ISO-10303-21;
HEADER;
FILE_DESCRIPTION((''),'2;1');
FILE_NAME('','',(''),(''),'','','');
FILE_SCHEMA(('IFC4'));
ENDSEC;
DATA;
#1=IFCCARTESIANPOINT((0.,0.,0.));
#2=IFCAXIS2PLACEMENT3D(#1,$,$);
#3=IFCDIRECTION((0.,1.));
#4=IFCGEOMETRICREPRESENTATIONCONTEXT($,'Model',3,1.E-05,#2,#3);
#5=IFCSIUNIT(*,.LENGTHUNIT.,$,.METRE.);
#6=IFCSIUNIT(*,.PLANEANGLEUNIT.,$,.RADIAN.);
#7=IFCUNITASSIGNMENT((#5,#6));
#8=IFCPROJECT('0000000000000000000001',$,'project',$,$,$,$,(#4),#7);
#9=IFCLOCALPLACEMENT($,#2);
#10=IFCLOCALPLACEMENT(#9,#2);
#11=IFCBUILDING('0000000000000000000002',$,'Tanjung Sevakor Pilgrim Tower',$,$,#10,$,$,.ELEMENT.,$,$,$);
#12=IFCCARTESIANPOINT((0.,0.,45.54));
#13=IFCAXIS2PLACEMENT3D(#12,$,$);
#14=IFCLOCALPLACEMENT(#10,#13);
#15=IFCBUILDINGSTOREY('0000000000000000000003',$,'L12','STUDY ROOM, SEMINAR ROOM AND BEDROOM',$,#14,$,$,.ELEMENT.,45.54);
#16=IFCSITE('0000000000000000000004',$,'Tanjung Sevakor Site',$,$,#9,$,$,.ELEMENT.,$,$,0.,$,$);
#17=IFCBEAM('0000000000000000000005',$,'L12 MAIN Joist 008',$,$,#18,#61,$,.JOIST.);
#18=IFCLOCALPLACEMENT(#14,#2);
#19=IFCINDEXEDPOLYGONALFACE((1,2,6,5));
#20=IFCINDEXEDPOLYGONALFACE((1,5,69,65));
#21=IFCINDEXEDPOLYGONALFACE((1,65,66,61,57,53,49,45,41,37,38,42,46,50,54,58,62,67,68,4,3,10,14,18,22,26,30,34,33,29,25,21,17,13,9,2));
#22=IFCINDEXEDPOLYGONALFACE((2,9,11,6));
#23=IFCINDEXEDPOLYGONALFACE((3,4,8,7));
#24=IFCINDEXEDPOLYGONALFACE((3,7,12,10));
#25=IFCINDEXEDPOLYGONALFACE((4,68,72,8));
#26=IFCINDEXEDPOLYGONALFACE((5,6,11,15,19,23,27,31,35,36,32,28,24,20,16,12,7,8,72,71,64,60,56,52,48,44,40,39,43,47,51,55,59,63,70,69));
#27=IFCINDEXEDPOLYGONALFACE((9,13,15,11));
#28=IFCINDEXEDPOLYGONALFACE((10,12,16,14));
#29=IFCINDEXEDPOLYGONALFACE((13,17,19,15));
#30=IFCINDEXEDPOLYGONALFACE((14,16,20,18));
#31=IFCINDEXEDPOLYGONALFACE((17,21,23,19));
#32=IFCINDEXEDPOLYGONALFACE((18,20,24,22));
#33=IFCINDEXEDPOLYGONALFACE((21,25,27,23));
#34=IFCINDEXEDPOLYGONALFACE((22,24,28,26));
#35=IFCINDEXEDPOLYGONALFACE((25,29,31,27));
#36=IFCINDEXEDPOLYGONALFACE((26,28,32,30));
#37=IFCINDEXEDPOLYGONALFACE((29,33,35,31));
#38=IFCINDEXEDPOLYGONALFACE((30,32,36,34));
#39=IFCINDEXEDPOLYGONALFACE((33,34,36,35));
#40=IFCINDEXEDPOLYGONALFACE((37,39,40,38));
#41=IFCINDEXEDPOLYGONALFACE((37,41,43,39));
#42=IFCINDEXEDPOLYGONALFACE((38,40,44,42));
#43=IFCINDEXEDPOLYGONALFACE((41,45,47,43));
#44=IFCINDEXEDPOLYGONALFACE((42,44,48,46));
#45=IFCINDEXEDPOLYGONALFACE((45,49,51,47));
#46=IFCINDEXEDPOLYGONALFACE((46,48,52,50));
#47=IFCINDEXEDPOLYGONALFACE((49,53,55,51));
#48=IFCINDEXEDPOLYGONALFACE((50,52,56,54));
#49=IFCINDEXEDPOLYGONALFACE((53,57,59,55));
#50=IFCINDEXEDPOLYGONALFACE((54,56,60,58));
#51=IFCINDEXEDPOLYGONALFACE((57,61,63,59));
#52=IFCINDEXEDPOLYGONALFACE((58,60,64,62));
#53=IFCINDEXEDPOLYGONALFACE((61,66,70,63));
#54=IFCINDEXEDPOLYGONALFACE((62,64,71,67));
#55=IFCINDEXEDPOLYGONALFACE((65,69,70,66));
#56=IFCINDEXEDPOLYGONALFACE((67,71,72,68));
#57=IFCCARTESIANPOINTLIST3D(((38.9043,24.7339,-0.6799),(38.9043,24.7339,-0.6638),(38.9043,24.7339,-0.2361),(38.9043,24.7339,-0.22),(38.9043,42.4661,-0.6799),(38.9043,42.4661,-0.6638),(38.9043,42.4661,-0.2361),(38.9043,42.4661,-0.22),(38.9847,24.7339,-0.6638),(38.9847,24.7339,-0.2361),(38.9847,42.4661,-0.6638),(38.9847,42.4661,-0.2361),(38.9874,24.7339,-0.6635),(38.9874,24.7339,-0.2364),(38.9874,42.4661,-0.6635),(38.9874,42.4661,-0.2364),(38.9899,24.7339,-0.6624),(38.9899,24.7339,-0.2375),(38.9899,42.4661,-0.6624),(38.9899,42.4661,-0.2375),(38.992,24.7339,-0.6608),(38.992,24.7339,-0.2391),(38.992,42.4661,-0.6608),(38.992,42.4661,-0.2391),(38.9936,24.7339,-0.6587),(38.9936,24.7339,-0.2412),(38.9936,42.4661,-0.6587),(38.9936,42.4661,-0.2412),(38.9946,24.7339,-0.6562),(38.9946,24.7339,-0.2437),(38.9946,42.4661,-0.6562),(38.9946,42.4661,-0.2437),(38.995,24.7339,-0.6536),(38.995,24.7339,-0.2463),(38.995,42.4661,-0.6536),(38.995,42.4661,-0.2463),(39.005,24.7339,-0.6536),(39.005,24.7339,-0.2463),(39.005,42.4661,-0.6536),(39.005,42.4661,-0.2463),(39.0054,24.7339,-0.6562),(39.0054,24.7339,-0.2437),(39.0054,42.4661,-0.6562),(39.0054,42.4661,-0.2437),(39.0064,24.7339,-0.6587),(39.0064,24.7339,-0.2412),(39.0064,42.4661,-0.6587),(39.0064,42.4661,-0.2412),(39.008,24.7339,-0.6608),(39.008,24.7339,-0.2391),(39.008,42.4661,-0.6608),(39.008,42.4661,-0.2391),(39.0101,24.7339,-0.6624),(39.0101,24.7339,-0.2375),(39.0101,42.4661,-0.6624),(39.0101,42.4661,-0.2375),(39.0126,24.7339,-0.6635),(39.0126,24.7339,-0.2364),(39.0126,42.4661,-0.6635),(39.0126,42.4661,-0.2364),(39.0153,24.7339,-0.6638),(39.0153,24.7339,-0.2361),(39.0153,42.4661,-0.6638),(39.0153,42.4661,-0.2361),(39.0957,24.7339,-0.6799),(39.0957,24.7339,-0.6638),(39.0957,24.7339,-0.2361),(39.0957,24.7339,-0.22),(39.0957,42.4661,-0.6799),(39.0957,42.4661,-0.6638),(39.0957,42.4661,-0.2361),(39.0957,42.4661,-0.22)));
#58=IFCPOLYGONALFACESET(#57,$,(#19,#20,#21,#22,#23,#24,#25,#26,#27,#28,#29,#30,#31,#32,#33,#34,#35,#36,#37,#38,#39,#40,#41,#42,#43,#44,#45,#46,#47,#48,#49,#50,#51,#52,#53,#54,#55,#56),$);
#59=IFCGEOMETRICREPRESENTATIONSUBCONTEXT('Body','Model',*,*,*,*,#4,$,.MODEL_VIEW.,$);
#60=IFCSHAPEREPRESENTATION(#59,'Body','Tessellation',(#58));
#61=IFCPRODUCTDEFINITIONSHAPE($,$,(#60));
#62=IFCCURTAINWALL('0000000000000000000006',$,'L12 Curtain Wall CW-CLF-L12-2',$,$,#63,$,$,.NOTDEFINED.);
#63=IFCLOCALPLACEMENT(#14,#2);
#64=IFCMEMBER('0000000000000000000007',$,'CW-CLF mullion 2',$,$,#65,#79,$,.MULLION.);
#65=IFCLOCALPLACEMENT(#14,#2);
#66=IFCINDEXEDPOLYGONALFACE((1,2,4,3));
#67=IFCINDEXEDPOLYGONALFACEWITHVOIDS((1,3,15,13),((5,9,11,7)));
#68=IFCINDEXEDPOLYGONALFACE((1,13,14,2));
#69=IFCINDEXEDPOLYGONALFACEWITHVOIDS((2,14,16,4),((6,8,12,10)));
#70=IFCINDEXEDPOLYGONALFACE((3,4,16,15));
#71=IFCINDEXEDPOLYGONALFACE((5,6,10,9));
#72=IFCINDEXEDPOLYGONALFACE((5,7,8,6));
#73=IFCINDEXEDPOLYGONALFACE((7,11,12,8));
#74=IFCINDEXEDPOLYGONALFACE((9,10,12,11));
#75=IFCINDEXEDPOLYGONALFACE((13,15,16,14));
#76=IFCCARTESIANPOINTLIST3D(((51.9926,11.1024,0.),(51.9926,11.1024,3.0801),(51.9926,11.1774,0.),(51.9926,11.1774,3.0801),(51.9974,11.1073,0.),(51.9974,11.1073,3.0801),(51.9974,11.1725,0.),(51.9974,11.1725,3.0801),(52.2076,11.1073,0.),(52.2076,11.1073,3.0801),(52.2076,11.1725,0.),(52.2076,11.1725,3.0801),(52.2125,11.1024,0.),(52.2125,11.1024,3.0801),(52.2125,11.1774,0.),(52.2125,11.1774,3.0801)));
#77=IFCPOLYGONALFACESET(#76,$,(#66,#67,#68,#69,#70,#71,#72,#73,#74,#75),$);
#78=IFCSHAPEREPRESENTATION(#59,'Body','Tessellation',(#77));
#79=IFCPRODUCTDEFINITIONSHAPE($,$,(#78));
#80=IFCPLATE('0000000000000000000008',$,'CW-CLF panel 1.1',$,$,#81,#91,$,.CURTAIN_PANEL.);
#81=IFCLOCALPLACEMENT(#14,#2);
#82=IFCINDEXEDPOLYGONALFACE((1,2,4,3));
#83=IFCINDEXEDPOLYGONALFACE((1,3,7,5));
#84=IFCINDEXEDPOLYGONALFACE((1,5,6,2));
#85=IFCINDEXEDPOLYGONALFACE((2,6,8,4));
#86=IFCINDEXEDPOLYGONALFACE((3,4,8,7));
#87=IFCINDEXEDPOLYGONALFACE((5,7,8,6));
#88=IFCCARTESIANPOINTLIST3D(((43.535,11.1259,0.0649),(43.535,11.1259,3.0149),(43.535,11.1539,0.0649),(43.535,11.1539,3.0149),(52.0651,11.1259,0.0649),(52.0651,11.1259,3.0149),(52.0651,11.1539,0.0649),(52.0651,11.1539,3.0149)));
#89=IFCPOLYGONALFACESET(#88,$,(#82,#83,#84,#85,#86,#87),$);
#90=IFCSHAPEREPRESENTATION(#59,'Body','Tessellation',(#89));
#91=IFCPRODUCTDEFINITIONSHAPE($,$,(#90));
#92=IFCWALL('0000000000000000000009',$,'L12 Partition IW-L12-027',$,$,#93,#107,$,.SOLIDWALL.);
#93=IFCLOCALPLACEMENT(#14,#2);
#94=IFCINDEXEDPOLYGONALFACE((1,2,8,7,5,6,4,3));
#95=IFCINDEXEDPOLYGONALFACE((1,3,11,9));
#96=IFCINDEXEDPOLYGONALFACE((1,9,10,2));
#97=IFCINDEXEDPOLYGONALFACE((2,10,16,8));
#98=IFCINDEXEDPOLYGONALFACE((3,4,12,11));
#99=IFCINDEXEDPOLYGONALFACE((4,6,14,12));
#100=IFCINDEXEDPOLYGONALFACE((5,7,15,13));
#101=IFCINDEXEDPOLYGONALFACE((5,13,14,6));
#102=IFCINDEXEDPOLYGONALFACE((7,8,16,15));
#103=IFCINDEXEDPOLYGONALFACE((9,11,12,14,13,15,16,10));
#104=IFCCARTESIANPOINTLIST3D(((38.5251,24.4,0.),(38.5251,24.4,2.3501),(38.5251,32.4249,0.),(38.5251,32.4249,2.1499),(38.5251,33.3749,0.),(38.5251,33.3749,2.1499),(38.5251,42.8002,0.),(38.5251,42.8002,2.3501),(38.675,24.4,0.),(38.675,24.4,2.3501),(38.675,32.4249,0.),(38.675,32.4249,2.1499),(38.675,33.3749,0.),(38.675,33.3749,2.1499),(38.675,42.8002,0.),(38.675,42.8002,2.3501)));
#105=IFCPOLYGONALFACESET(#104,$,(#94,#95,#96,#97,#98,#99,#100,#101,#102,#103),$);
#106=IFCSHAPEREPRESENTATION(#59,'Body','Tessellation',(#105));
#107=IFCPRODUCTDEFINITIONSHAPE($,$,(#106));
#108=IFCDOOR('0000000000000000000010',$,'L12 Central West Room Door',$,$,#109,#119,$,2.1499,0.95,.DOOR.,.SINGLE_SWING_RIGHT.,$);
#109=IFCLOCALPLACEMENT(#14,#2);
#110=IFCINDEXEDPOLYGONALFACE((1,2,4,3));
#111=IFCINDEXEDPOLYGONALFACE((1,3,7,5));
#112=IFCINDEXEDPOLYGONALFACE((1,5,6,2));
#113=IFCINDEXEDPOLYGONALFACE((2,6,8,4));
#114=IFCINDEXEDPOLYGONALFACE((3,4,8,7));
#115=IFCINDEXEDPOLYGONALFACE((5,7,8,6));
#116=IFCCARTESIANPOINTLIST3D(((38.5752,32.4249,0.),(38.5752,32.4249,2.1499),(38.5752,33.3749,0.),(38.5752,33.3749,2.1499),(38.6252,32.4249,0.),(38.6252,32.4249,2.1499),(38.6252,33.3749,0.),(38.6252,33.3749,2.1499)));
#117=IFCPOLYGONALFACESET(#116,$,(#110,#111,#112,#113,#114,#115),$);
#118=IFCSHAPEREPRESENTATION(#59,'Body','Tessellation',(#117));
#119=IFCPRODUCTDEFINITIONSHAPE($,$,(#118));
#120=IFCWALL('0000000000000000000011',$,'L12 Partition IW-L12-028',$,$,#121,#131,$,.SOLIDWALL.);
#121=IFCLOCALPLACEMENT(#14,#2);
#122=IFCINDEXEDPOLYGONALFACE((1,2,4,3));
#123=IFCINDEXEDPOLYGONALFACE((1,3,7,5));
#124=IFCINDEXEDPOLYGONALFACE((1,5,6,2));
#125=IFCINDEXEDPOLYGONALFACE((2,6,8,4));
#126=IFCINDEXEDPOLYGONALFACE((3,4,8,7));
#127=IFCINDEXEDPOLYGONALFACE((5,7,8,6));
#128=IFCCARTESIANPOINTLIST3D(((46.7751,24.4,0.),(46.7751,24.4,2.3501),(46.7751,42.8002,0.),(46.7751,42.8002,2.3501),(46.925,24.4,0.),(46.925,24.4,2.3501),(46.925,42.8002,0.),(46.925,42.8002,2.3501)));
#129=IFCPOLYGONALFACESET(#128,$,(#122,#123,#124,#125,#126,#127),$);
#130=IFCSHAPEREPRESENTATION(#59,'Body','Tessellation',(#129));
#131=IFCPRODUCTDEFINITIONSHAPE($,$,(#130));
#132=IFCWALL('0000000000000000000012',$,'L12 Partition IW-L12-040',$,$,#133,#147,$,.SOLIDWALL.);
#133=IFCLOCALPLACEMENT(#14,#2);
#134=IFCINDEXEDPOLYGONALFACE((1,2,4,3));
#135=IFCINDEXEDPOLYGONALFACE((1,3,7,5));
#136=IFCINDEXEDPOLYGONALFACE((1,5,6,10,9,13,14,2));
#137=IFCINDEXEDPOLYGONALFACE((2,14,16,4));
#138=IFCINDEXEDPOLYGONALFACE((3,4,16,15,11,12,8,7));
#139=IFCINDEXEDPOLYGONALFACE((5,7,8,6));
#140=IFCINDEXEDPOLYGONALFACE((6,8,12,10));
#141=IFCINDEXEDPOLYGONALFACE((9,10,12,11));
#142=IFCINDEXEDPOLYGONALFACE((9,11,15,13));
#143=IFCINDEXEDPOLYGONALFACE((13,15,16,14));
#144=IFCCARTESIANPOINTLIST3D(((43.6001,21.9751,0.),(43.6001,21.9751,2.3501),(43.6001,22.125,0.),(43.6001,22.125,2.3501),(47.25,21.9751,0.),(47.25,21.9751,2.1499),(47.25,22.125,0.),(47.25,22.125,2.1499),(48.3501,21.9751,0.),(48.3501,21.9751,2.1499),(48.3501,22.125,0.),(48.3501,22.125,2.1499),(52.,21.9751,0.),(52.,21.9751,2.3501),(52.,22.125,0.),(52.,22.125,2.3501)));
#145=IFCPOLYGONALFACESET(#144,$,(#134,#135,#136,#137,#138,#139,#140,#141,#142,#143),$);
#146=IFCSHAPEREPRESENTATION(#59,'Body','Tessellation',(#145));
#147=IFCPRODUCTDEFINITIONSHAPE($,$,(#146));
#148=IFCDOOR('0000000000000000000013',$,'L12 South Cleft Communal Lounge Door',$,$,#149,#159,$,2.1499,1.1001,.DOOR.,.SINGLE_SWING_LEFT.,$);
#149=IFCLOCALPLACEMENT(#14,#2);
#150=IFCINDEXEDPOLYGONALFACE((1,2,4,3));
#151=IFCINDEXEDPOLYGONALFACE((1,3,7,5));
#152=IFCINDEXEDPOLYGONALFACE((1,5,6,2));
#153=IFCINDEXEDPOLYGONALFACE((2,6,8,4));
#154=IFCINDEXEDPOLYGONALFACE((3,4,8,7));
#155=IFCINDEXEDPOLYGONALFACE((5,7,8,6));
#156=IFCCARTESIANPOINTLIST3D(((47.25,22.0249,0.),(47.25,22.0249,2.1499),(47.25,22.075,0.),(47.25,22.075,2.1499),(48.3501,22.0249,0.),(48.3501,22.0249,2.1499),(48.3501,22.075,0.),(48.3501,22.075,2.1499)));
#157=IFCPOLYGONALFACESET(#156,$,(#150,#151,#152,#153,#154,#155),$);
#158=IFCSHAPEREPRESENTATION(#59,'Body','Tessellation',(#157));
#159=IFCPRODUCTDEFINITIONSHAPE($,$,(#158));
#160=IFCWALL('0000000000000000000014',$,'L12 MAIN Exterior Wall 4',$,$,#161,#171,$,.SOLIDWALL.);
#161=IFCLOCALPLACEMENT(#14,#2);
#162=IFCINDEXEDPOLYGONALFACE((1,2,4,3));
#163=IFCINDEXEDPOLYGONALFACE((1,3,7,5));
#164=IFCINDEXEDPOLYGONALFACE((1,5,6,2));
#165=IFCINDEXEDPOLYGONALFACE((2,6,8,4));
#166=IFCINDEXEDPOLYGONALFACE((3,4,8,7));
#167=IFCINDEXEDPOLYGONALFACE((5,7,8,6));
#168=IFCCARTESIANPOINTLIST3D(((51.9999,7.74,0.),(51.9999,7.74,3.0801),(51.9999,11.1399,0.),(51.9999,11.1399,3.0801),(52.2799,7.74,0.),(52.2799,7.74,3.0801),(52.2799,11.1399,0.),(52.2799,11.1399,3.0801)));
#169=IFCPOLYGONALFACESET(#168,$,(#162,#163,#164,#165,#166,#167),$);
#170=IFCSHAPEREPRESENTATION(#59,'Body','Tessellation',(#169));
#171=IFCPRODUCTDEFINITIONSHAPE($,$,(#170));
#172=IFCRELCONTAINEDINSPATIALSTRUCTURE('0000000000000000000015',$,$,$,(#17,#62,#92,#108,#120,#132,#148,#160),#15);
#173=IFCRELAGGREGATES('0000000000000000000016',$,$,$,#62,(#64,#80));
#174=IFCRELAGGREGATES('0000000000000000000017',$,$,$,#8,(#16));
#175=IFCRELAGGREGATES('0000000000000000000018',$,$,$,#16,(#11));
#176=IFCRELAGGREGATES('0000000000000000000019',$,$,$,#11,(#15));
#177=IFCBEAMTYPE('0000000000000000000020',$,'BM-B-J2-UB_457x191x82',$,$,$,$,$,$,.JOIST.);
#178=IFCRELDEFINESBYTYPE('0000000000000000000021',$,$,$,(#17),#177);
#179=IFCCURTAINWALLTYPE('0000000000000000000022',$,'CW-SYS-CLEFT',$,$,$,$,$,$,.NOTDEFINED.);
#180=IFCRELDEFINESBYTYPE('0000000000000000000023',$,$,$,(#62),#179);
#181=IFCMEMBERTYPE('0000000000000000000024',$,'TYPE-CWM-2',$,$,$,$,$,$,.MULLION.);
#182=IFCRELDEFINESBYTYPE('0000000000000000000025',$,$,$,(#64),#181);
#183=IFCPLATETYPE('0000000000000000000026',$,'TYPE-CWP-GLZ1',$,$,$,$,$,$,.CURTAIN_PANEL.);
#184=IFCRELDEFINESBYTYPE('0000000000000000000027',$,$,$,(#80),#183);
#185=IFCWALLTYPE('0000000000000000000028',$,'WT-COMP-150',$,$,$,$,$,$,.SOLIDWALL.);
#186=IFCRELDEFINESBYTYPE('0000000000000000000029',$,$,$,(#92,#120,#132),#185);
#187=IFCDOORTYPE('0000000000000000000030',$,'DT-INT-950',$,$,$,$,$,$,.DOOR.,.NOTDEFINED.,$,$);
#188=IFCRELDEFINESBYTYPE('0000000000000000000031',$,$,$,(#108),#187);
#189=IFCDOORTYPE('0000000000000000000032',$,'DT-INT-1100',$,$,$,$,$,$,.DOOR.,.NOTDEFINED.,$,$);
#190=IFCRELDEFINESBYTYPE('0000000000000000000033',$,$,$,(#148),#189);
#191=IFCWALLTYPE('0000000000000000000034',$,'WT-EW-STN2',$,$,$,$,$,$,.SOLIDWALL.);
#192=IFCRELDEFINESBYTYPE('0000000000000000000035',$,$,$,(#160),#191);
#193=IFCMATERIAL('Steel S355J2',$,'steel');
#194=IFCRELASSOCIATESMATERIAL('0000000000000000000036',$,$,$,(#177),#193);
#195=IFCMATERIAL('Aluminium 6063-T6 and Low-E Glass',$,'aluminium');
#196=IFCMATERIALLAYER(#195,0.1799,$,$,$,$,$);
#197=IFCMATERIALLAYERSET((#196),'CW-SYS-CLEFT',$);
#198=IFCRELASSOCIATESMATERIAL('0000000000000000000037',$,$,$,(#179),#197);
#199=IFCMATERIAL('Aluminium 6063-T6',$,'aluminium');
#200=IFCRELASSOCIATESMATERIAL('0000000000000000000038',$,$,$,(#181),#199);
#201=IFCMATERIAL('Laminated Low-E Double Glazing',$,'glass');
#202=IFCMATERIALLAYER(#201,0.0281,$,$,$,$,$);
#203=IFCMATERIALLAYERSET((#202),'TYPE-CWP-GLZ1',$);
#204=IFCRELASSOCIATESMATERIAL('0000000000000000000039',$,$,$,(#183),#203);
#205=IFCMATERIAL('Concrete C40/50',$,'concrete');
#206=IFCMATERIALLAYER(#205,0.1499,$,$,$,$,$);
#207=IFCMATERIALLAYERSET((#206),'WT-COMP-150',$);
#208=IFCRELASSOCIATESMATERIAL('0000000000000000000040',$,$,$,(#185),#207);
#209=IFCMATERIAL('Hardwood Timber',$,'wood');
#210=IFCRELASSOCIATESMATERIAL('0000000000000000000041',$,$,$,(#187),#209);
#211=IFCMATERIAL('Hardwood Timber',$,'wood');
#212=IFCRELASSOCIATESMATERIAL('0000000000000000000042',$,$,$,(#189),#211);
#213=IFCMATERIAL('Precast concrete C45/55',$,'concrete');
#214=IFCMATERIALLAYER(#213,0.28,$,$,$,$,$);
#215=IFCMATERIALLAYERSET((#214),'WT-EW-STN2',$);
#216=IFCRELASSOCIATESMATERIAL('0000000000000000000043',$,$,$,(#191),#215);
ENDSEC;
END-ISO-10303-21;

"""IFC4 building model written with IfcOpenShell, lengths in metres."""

from ifc_helpers import new_model, si_unit, direction, frame, frame_2d, origin, origin_2d, place, context, subcontext, project, spatial, rectangle, hollow_rectangle, i_section, extrude, material, layer, layer_set, material_profile, profile_set, type_object, element, fill, aggregate, save


model = new_model("IFC4")

# Units and contexts
model_context = context("Model", 3, precision=1e-05, world=origin(), true_north=direction((0.0, 1.0)))
body_context = subcontext(model_context, "Body", "Model", "MODEL_VIEW")
ifc_project = project(units=[si_unit("LENGTHUNIT", "METRE"), si_unit("PLANEANGLEUNIT", "RADIAN")], contexts=[model_context])

# Site, building, storey
site_placement = place(None, origin())
site = spatial("IfcSite", under=ifc_project, at=site_placement, Name="Tanjung Sevakor Site", CompositionType="ELEMENT", RefElevation=0.0)
building_placement = place(site_placement, origin())
building = spatial("IfcBuilding", under=site, at=building_placement, Name="Tanjung Sevakor Pilgrim Tower", CompositionType="ELEMENT")
storey_placement = place(building_placement, frame((0.0, 0.0, 45.54)))
storey = spatial("IfcBuildingStorey", under=building, at=storey_placement, Name="L12", Description="STUDY ROOM, SEMINAR ROOM AND BEDROOM", CompositionType="ELEMENT", Elevation=45.54)

# Beam
ifc_material_1 = material(Name="Steel S355J2", Category="steel")
ifc_material_profile_1 = material_profile(ifc_material_1, i_section(OverallWidth=0.1914, OverallDepth=0.46, WebThickness=0.01, FlangeThickness=0.0161, FilletRadius=0.0103, at=origin_2d()))
ifc_profile_set_1 = profile_set([ifc_material_profile_1], Name="Steel S355J2")
beam_type_1 = type_object("IfcBeamType", Name="BM-B-J2-UB_457x191x82", PredefinedType="JOIST", material=ifc_profile_set_1)
beam_1_placement = place(storey_placement, frame((39.0, 24.7339, -0.45), z_axis=(0.0, 1.0, 0.0), x_axis=(-1.0, 0.0, 0.0)))
element("IfcBeam", 1, at=beam_1_placement, inside=storey, type_object=beam_type_1, Name="L12 MAIN Joist 008", PredefinedType="JOIST", context=body_context, shape_type="SweptSolid", body=[
    extrude(i_section(OverallWidth=0.1914, OverallDepth=0.46, WebThickness=0.01, FlangeThickness=0.0161, FilletRadius=0.0103, at=origin_2d()), origin(), (0.0, 0.0, 1.0), 17.7322),
])

# Curtain wall, member, plate
ifc_material_2 = material(Name="Aluminium 6063-T6 and Low-E Glass", Category="aluminium")
ifc_layer_1 = layer(ifc_material_2, 0.1799)
ifc_layer_set_1 = layer_set([ifc_layer_1], Name="CW-SYS-CLEFT")
curtain_wall_type = type_object("IfcCurtainWallType", Name="CW-SYS-CLEFT", PredefinedType="NOTDEFINED", material=ifc_layer_set_1)
curtain_wall_placement = place(storey_placement, origin())
curtain_wall = element("IfcCurtainWall", 2, at=curtain_wall_placement, inside=storey, type_object=curtain_wall_type, Name="L12 Curtain Wall CW-CLF-L12-2", PredefinedType="NOTDEFINED")
ifc_material_3 = material(Name="Aluminium 6063-T6", Category="aluminium")
ifc_material_profile_2 = material_profile(ifc_material_3, hollow_rectangle(XDim=0.075, YDim=0.22, WallThickness=0.0049, at=origin_2d()))
ifc_profile_set_2 = profile_set([ifc_material_profile_2], Name="Aluminium 6063-T6")
member_type = type_object("IfcMemberType", Name="TYPE-CWM-2", PredefinedType="MULLION", material=ifc_profile_set_2)
member_placement = place(storey_placement, frame((52.1025, 11.1399, 0.0), z_axis=(0.0, 0.0, 1.0), x_axis=(0.0, 1.0, 0.0)))
member = element("IfcMember", 3, at=member_placement, type_object=member_type, Name="CW-CLF mullion 2", PredefinedType="MULLION", context=body_context, shape_type="SweptSolid", body=[
    extrude(hollow_rectangle(XDim=0.075, YDim=0.22, WallThickness=0.0049, at=origin_2d()), origin(), (0.0, 0.0, 1.0), 3.0801),
])
ifc_material_4 = material(Name="Laminated Low-E Double Glazing", Category="glass")
ifc_layer_2 = layer(ifc_material_4, 0.0281)
ifc_layer_set_2 = layer_set([ifc_layer_2], Name="TYPE-CWP-GLZ1")
plate_type = type_object("IfcPlateType", Name="TYPE-CWP-GLZ1", PredefinedType="CURTAIN_PANEL", material=ifc_layer_set_2)
plate_placement = place(storey_placement, frame((47.8, 11.1399, 0.0649), z_axis=(0.0, 0.0, 1.0), x_axis=(1.0, 0.0, 0.0)))
plate = element("IfcPlate", 4, at=plate_placement, type_object=plate_type, Name="CW-CLF panel 1.1", PredefinedType="CURTAIN_PANEL", context=body_context, shape_type="SweptSolid", body=[
    extrude(rectangle(XDim=8.53, YDim=0.0281, at=origin_2d()), origin(), (0.0, 0.0, 1.0), 2.95),
])
aggregate(curtain_wall, [member, plate])

# Wall, opening, door
ifc_material_5 = material(Name="Concrete C40/50", Category="concrete")
ifc_layer_3 = layer(ifc_material_5, 0.1499)
ifc_layer_set_3 = layer_set([ifc_layer_3], Name="WT-COMP-150")
wall_type_1 = type_object("IfcWallType", Name="WT-COMP-150", PredefinedType="SOLIDWALL", material=ifc_layer_set_3)
wall_1_placement = place(storey_placement, frame((38.6001, 24.3999, 0.0), z_axis=(0.0, 0.0, 1.0), x_axis=(0.0, 1.0, 0.0)))
wall_1 = element("IfcWall", 5, at=wall_1_placement, inside=storey, type_object=wall_type_1, Name="L12 Partition IW-L12-027", PredefinedType="SOLIDWALL", context=body_context, shape_type="SweptSolid", body=[
    extrude(rectangle(XDim=18.4001, YDim=0.1499, at=frame_2d((9.2002, 0.0))), origin(), (0.0, 0.0, 1.0), 2.3501),
])
opening_1_placement = place(wall_1_placement, frame((8.0249, 0.0, 0.0)))
opening_1 = element("IfcOpeningElement", 6, at=opening_1_placement, cuts=wall_1, PredefinedType="OPENING", context=body_context, shape_type="SweptSolid", body=[
    extrude(rectangle(XDim=0.95, YDim=2.1499, at=frame_2d((0.4751, 1.075))), frame((0.0, 0.085, 0.0), z_axis=(0.0, -1.0, 0.0), x_axis=(1.0, 0.0, 0.0)), (0.0, 0.0, 1.0), 0.1699),
])
ifc_material_6 = material(Name="Hardwood Timber", Category="wood")
door_type_1 = type_object("IfcDoorType", Name="DT-INT-950", OperationType="NOTDEFINED", PredefinedType="DOOR", material=ifc_material_6)
door_1_placement = place(opening_1_placement, origin())
door_1 = element("IfcDoor", 7, at=door_1_placement, inside=storey, type_object=door_type_1, Name="L12 Central West Room Door", OperationType="SINGLE_SWING_RIGHT", OverallHeight=2.1499, OverallWidth=0.95, PredefinedType="DOOR", context=body_context, shape_type="SweptSolid", body=[
    extrude(rectangle(XDim=0.95, YDim=2.1499, at=frame_2d((0.4751, 1.075))), frame((0.0, 0.0249, 0.0), z_axis=(0.0, -1.0, 0.0), x_axis=(1.0, 0.0, 0.0)), (0.0, 0.0, 1.0), 0.05),
])
fill(opening_1, door_1)

# Wall
wall_2_placement = place(storey_placement, frame((46.8501, 24.3999, 0.0), z_axis=(0.0, 0.0, 1.0), x_axis=(0.0, 1.0, 0.0)))
element("IfcWall", 8, at=wall_2_placement, inside=storey, type_object=wall_type_1, Name="L12 Partition IW-L12-028", PredefinedType="SOLIDWALL", context=body_context, shape_type="SweptSolid", body=[
    extrude(rectangle(XDim=18.4001, YDim=0.1499, at=frame_2d((9.2002, 0.0))), origin(), (0.0, 0.0, 1.0), 2.3501),
])

# Wall, opening, door
wall_3_placement = place(storey_placement, frame((43.6001, 22.05, 0.0), z_axis=(0.0, 0.0, 1.0), x_axis=(1.0, 0.0, 0.0)))
wall_3 = element("IfcWall", 9, at=wall_3_placement, inside=storey, type_object=wall_type_1, Name="L12 Partition IW-L12-040", PredefinedType="SOLIDWALL", context=body_context, shape_type="SweptSolid", body=[
    extrude(rectangle(XDim=8.3999, YDim=0.1499, at=frame_2d((4.2, 0.0))), origin(), (0.0, 0.0, 1.0), 2.3501),
])
opening_2_placement = place(wall_3_placement, frame((3.6499, 0.0, 0.0)))
opening_2 = element("IfcOpeningElement", 10, at=opening_2_placement, cuts=wall_3, PredefinedType="OPENING", context=body_context, shape_type="SweptSolid", body=[
    extrude(rectangle(XDim=1.1001, YDim=2.1499, at=frame_2d((0.55, 1.075))), frame((0.0, 0.085, 0.0), z_axis=(0.0, -1.0, 0.0), x_axis=(1.0, 0.0, 0.0)), (0.0, 0.0, 1.0), 0.1699),
])
ifc_material_7 = material(Name="Hardwood Timber", Category="wood")
door_type_2 = type_object("IfcDoorType", Name="DT-INT-1100", OperationType="NOTDEFINED", PredefinedType="DOOR", material=ifc_material_7)
door_2_placement = place(opening_2_placement, origin())
door_2 = element("IfcDoor", 11, at=door_2_placement, inside=storey, type_object=door_type_2, Name="L12 South Cleft Communal Lounge Door", OperationType="SINGLE_SWING_LEFT", OverallHeight=2.1499, OverallWidth=1.1001, PredefinedType="DOOR", context=body_context, shape_type="SweptSolid", body=[
    extrude(rectangle(XDim=1.1001, YDim=2.1499, at=frame_2d((0.55, 1.075))), frame((0.0, 0.0249, 0.0), z_axis=(0.0, -1.0, 0.0), x_axis=(1.0, 0.0, 0.0)), (0.0, 0.0, 1.0), 0.05),
])
fill(opening_2, door_2)

# Wall
ifc_material_8 = material(Name="Precast concrete C45/55", Category="concrete")
ifc_layer_4 = layer(ifc_material_8, 0.28)
ifc_layer_set_4 = layer_set([ifc_layer_4], Name="WT-EW-STN2")
wall_type_2 = type_object("IfcWallType", Name="WT-EW-STN2", PredefinedType="SOLIDWALL", material=ifc_layer_set_4)
wall_4_placement = place(storey_placement, frame((52.1399, 11.1399, 0.0), z_axis=(0.0, 0.0, 1.0), x_axis=(0.0, -1.0, 0.0)))
element("IfcWall", 12, at=wall_4_placement, inside=storey, type_object=wall_type_2, Name="L12 MAIN Exterior Wall 4", PredefinedType="SOLIDWALL", context=body_context, shape_type="SweptSolid", body=[
    extrude(rectangle(XDim=3.3999, YDim=0.28, at=frame_2d((1.7, 0.0))), origin(), (0.0, 0.0, 1.0), 3.0801),
])

save(model, "model.ifc")
